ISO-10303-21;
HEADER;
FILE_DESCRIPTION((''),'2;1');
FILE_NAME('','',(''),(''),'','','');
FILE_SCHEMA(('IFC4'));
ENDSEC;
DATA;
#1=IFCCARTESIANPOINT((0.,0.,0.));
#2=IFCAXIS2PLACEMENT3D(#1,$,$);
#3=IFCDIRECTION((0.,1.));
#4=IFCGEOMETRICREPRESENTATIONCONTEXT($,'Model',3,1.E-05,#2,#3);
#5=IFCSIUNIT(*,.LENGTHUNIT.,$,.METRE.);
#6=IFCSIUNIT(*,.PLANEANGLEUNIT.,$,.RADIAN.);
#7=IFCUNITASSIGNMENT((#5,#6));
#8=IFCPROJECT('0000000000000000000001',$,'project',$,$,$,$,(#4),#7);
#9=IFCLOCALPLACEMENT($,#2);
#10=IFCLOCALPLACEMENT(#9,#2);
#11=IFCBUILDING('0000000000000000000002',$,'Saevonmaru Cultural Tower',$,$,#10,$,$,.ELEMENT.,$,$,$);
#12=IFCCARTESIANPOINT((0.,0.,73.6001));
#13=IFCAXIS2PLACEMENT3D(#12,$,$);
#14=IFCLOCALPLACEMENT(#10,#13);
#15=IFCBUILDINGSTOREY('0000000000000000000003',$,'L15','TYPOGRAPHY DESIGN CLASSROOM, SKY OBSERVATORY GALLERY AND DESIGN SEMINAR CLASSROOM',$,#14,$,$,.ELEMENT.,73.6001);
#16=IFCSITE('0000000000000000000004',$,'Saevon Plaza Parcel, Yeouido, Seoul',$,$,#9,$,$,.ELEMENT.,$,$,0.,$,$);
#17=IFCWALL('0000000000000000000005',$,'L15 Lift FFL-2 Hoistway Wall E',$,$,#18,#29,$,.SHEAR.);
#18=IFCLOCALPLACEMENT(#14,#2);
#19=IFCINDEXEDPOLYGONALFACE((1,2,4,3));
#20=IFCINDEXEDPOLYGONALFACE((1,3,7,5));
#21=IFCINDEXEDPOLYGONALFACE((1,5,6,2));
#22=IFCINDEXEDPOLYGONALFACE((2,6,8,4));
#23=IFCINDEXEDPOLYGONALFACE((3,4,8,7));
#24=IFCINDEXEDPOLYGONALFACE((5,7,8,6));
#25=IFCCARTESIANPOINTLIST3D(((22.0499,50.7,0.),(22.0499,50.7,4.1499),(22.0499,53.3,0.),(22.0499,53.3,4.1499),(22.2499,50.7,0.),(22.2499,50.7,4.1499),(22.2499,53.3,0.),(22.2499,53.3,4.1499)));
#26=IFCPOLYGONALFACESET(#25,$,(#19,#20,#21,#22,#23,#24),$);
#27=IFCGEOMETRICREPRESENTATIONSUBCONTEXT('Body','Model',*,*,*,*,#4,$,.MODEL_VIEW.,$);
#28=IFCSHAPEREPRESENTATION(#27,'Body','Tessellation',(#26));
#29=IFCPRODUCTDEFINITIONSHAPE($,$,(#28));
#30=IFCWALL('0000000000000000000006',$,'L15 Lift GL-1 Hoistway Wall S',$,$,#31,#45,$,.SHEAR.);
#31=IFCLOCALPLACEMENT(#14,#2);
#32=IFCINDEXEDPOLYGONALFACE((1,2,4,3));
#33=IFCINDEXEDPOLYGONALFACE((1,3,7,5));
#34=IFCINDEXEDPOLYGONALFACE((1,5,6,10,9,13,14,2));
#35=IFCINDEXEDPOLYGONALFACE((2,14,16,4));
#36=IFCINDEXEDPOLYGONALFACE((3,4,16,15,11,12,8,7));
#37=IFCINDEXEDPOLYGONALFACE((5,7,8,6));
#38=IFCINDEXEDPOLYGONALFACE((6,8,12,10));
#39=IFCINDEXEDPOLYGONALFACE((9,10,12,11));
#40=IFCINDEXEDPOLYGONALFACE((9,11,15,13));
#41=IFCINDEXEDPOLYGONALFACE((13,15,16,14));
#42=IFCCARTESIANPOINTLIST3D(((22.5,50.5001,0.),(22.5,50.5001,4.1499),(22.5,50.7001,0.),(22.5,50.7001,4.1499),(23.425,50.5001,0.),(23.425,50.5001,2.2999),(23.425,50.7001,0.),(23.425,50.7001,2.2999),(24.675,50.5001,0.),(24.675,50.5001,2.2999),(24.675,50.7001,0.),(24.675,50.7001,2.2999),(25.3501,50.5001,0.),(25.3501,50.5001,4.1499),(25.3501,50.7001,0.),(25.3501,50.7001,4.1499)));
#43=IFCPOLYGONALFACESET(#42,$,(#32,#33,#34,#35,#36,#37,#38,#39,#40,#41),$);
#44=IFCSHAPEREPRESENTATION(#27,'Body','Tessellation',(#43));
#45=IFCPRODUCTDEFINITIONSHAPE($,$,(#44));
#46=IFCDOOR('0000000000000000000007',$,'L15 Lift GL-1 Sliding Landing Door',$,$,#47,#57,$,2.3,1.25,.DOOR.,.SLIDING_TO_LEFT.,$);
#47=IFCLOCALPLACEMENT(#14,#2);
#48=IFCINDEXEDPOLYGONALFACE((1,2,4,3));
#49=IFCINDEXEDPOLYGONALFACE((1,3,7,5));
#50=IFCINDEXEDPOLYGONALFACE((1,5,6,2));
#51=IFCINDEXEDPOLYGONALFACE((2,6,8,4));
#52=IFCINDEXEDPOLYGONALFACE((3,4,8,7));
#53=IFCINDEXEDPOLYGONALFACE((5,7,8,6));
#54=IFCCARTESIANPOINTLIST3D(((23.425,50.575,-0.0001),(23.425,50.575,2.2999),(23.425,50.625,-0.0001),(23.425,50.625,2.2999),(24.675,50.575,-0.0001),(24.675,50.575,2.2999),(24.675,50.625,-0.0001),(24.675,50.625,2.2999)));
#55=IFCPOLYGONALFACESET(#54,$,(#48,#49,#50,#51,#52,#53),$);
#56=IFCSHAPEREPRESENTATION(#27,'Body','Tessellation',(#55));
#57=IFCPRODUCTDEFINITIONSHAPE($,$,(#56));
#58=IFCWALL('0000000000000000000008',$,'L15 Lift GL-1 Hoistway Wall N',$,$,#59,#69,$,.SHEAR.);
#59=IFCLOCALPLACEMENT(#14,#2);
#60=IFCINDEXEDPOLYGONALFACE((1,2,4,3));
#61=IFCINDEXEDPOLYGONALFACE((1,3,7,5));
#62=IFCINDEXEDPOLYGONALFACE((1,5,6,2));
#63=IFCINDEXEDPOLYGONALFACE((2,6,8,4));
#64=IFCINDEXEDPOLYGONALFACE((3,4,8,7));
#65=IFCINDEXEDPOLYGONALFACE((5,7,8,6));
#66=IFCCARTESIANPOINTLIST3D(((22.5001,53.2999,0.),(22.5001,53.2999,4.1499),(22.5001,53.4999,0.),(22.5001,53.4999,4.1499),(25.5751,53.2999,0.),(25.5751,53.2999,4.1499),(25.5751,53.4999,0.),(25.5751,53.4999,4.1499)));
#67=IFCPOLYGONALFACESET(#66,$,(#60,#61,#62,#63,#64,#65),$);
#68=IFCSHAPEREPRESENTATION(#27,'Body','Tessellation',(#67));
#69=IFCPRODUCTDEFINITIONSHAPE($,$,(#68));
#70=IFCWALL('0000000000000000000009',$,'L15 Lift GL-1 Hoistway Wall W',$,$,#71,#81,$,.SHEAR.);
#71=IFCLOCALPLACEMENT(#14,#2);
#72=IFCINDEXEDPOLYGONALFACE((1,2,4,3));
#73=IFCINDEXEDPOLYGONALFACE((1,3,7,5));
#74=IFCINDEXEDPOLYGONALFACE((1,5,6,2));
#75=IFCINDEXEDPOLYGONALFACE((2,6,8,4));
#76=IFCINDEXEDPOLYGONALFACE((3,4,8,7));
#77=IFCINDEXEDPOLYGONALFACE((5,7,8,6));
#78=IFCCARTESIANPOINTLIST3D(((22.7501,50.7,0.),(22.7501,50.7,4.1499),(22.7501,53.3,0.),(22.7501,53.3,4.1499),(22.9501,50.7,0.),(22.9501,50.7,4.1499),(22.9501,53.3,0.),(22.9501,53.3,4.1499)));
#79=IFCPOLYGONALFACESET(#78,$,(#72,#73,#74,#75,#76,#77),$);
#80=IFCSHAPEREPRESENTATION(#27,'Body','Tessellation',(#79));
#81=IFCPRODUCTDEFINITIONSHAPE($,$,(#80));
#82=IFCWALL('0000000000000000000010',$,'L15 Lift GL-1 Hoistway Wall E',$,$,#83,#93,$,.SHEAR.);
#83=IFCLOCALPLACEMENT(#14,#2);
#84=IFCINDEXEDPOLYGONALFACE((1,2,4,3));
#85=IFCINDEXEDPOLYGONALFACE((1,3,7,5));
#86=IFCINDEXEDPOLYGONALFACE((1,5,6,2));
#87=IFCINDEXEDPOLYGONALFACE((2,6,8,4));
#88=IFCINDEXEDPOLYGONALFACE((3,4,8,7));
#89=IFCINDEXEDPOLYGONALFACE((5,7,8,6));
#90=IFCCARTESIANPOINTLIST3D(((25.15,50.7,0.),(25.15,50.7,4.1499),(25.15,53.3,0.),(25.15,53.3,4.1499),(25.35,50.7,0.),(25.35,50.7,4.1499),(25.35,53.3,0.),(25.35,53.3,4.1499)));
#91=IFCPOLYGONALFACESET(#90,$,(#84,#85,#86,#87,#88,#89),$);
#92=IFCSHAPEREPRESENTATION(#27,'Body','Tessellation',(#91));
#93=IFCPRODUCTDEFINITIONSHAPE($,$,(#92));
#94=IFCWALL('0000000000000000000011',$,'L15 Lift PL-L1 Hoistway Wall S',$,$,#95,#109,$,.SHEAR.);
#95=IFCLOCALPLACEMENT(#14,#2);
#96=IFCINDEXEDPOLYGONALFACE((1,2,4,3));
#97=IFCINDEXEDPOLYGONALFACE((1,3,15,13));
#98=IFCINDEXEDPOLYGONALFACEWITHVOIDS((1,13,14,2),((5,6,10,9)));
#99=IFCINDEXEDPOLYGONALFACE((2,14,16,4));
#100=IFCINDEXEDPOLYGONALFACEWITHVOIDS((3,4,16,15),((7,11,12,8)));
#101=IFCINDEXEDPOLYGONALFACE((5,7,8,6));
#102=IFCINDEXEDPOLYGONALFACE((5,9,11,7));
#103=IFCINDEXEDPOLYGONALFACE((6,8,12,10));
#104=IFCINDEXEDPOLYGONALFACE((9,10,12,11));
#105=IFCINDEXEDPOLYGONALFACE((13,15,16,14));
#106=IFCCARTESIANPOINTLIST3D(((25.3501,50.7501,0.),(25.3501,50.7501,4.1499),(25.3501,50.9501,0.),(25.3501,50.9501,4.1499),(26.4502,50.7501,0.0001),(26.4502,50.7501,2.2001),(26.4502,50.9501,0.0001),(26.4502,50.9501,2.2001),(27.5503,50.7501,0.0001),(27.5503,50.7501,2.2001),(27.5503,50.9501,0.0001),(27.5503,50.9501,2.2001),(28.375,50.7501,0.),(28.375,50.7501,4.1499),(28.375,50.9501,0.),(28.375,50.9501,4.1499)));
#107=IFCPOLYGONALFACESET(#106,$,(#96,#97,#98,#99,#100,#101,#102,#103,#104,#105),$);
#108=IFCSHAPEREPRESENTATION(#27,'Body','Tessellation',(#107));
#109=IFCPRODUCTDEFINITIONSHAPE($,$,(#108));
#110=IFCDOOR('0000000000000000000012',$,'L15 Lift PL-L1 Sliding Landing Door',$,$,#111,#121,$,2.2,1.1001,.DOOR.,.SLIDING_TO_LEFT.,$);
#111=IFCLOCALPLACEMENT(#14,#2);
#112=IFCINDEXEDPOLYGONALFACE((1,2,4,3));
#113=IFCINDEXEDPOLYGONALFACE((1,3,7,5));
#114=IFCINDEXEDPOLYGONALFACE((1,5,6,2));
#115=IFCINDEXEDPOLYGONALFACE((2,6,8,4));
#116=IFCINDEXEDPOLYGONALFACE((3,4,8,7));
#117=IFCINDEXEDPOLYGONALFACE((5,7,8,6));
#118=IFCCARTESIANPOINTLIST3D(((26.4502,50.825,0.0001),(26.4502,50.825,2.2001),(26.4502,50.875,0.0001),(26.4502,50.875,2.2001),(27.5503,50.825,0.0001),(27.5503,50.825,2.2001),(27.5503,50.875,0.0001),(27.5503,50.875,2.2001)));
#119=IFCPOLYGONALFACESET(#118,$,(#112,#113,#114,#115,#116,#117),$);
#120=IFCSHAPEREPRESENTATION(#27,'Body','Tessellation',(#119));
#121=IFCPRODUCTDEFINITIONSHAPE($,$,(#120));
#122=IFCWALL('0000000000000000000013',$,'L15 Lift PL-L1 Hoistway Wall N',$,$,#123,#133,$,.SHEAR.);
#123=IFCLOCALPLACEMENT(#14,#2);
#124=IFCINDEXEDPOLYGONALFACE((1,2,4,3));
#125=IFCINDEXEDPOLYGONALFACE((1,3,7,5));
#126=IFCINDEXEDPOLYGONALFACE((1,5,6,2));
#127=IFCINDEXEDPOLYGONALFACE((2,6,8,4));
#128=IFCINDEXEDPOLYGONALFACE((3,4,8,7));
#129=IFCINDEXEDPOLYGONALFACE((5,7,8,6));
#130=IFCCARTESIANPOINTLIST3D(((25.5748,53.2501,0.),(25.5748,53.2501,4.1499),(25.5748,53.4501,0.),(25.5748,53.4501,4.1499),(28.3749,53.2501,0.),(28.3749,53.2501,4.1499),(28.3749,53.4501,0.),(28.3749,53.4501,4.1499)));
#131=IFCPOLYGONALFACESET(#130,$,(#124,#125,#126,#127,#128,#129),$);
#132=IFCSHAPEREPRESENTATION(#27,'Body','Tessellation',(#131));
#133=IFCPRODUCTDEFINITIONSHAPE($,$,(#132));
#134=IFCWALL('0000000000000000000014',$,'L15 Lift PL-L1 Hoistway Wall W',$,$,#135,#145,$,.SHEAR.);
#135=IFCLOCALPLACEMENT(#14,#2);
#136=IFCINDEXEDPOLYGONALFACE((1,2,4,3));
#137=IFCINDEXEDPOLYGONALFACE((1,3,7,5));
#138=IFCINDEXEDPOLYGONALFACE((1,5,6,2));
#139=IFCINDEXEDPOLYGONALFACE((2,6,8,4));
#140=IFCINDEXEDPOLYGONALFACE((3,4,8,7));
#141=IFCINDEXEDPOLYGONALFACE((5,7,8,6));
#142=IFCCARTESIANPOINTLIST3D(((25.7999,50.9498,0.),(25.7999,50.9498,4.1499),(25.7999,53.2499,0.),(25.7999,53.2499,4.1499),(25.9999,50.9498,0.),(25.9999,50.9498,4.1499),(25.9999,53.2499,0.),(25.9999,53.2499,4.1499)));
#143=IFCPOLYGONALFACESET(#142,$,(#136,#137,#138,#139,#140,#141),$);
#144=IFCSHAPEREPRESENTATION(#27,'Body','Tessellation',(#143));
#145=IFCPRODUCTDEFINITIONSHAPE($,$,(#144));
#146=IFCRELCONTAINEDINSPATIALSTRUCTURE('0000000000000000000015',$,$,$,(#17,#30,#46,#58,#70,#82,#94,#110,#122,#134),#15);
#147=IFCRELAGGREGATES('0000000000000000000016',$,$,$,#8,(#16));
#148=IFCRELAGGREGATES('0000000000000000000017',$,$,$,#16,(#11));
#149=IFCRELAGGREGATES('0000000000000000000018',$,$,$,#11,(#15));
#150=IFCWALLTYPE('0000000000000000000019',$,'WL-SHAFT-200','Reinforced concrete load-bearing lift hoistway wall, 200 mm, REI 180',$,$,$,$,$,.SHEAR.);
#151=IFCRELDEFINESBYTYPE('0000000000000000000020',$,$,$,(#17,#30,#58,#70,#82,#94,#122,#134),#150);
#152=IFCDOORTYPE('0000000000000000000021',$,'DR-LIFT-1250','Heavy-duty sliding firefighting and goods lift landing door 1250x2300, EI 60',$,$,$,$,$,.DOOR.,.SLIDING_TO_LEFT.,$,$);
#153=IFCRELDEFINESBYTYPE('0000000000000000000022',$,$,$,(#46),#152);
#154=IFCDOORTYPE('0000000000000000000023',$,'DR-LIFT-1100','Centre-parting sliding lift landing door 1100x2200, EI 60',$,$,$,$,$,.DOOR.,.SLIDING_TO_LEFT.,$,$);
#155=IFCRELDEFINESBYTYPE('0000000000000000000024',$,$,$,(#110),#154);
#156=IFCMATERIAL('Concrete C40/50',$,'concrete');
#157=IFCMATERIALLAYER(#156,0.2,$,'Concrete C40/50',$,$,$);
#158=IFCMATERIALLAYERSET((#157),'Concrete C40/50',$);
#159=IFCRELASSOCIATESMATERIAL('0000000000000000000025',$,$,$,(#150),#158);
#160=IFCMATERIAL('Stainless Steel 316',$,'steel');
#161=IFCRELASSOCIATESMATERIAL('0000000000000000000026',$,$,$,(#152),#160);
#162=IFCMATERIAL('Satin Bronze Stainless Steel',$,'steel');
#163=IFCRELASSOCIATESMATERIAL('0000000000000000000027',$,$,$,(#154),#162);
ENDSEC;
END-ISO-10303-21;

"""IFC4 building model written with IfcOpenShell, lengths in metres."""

from ifc_helpers import new_model, si_unit, direction, frame, frame_2d, origin, place, context, subcontext, project, spatial, rectangle, extrude, material, layer, layer_set, type_object, element, fill, save


model = new_model("IFC4")

# Units and contexts
model_context = context("Model", 3, precision=1e-05, world=origin(), true_north=direction((0.0, 1.0)))
body_context = subcontext(model_context, "Body", "Model", "MODEL_VIEW")
ifc_project = project(units=[si_unit("LENGTHUNIT", "METRE"), si_unit("PLANEANGLEUNIT", "RADIAN")], contexts=[model_context])

# Site, building, storey
site_placement = place(None, origin())
site = spatial("IfcSite", under=ifc_project, at=site_placement, Name="Saevon Plaza Parcel, Yeouido, Seoul", CompositionType="ELEMENT", RefElevation=0.0)
building_placement = place(site_placement, origin())
building = spatial("IfcBuilding", under=site, at=building_placement, Name="Saevonmaru Cultural Tower", CompositionType="ELEMENT")
storey_placement = place(building_placement, frame((0.0, 0.0, 73.6001)))
storey = spatial("IfcBuildingStorey", under=building, at=storey_placement, Name="L15", Description="TYPOGRAPHY DESIGN CLASSROOM, SKY OBSERVATORY GALLERY AND DESIGN SEMINAR CLASSROOM", CompositionType="ELEMENT", Elevation=73.6001)

# Wall
ifc_material_1 = material(Name="Concrete C40/50", Category="concrete")
ifc_layer_1 = layer(ifc_material_1, 0.2, Name="Concrete C40/50")
ifc_layer_set_1 = layer_set([ifc_layer_1], Name="Concrete C40/50")
wall_type_1 = type_object("IfcWallType", Name="WL-SHAFT-200", Description="Reinforced concrete load-bearing lift hoistway wall, 200 mm, REI 180", PredefinedType="SHEAR", material=ifc_layer_set_1)
for number, where, z_axis, x_axis, name in (
    (1, (22.1499, 50.7, 0.0), (0.0, 0.0, 1.0), (0.0, 1.0, 0.0), "L15 Lift FFL-2 Hoistway Wall E"),
):
    element("IfcWall", number, at=place(storey_placement, frame(where, z_axis=z_axis, x_axis=x_axis)), inside=storey, type_object=wall_type_1, Name=name, PredefinedType="SHEAR", context=body_context, shape_type="SweptSolid", body=[
        extrude(rectangle(XDim=2.6001, YDim=0.2, at=frame_2d((1.3, 0.0))), origin(), (0.0, 0.0, 1.0), 4.1499),
    ])

# Wall, opening, door
wall_1_placement = place(storey_placement, frame((22.5, 50.6001, 0.0), z_axis=(0.0, 0.0, 1.0), x_axis=(1.0, 0.0, 0.0)))
wall_1 = element("IfcWall", 2, at=wall_1_placement, inside=storey, type_object=wall_type_1, Name="L15 Lift GL-1 Hoistway Wall S", PredefinedType="SHEAR", context=body_context, shape_type="SweptSolid", body=[
    extrude(rectangle(XDim=2.8501, YDim=0.2, at=frame_2d((1.425, 0.0))), origin(), (0.0, 0.0, 1.0), 4.1499),
])
opening_1_placement = place(wall_1_placement, frame((0.925, 0.0, 0.0)))
opening_1 = element("IfcOpeningElement", 3, at=opening_1_placement, cuts=wall_1, PredefinedType="OPENING", context=body_context, shape_type="SweptSolid", body=[
    extrude(rectangle(XDim=1.25, YDim=2.3, at=frame_2d((0.625, 1.1499))), frame((0.0, 0.1099, 0.0), z_axis=(0.0, -1.0, 0.0), x_axis=(1.0, 0.0, 0.0)), (0.0, 0.0, 1.0), 0.22),
])
ifc_material_2 = material(Name="Stainless Steel 316", Category="steel")
door_type_1 = type_object("IfcDoorType", Name="DR-LIFT-1250", Description="Heavy-duty sliding firefighting and goods lift landing door 1250x2300, EI 60", OperationType="SLIDING_TO_LEFT", PredefinedType="DOOR", material=ifc_material_2)
door_1_placement = place(opening_1_placement, origin())
door_1 = element("IfcDoor", 4, at=door_1_placement, inside=storey, type_object=door_type_1, Name="L15 Lift GL-1 Sliding Landing Door", OperationType="SLIDING_TO_LEFT", OverallHeight=2.3, OverallWidth=1.25, PredefinedType="DOOR", context=body_context, shape_type="SweptSolid", body=[
    extrude(rectangle(XDim=1.25, YDim=2.3, at=frame_2d((0.625, 1.1499))), frame((0.0, 0.0249, 0.0), z_axis=(0.0, -1.0, 0.0), x_axis=(1.0, 0.0, 0.0)), (0.0, 0.0, 1.0), 0.05),
])
fill(opening_1, door_1)

# Walls
wall_2_placement = place(storey_placement, frame((22.5, 53.3999, 0.0), z_axis=(0.0, 0.0, 1.0), x_axis=(1.0, 0.0, 0.0)))
element("IfcWall", 5, at=wall_2_placement, inside=storey, type_object=wall_type_1, Name="L15 Lift GL-1 Hoistway Wall N", PredefinedType="SHEAR", context=body_context, shape_type="SweptSolid", body=[
    extrude(rectangle(XDim=3.075, YDim=0.2, at=frame_2d((1.5376, 0.0))), origin(), (0.0, 0.0, 1.0), 4.1499),
])
for number, where, z_axis, x_axis, name in (
    (6, (22.8501, 50.7, 0.0), (0.0, 0.0, 1.0), (0.0, 1.0, 0.0), "L15 Lift GL-1 Hoistway Wall W"),
    (7, (25.25, 50.7, 0.0), (0.0, 0.0, 1.0), (0.0, 1.0, 0.0), "L15 Lift GL-1 Hoistway Wall E"),
):
    element("IfcWall", number, at=place(storey_placement, frame(where, z_axis=z_axis, x_axis=x_axis)), inside=storey, type_object=wall_type_1, Name=name, PredefinedType="SHEAR", context=body_context, shape_type="SweptSolid", body=[
        extrude(rectangle(XDim=2.6001, YDim=0.2, at=frame_2d((1.3, 0.0))), origin(), (0.0, 0.0, 1.0), 4.1499),
    ])

# Wall, opening, door
wall_3_placement = place(storey_placement, frame((25.3501, 50.8501, 0.0), z_axis=(0.0, 0.0, 1.0), x_axis=(1.0, 0.0, 0.0)))
wall_3 = element("IfcWall", 8, at=wall_3_placement, inside=storey, type_object=wall_type_1, Name="L15 Lift PL-L1 Hoistway Wall S", PredefinedType="SHEAR", context=body_context, shape_type="SweptSolid", body=[
    extrude(rectangle(XDim=3.0249, YDim=0.2, at=frame_2d((1.5125, 0.0))), origin(), (0.0, 0.0, 1.0), 4.1499),
])
opening_2_placement = place(wall_3_placement, frame((1.1001, 0.0, 0.0)))
opening_2 = element("IfcOpeningElement", 9, at=opening_2_placement, cuts=wall_3, PredefinedType="OPENING", context=body_context, shape_type="SweptSolid", body=[
    extrude(rectangle(XDim=1.1001, YDim=2.2, at=frame_2d((0.55, 1.1001))), frame((0.0, 0.1099, 0.0), z_axis=(0.0, -1.0, 0.0), x_axis=(1.0, 0.0, 0.0)), (0.0, 0.0, 1.0), 0.22),
])
ifc_material_3 = material(Name="Satin Bronze Stainless Steel", Category="steel")
door_type_2 = type_object("IfcDoorType", Name="DR-LIFT-1100", Description="Centre-parting sliding lift landing door 1100x2200, EI 60", OperationType="SLIDING_TO_LEFT", PredefinedType="DOOR", material=ifc_material_3)
door_2_placement = place(opening_2_placement, origin())
door_2 = element("IfcDoor", 10, at=door_2_placement, inside=storey, type_object=door_type_2, Name="L15 Lift PL-L1 Sliding Landing Door", OperationType="SLIDING_TO_LEFT", OverallHeight=2.2, OverallWidth=1.1001, PredefinedType="DOOR", context=body_context, shape_type="SweptSolid", body=[
    extrude(rectangle(XDim=1.1001, YDim=2.2, at=frame_2d((0.55, 1.1001))), frame((0.0, 0.0249, 0.0), z_axis=(0.0, -1.0, 0.0), x_axis=(1.0, 0.0, 0.0)), (0.0, 0.0, 1.0), 0.05),
])
fill(opening_2, door_2)

# Walls
wall_4_placement = place(storey_placement, frame((25.575, 53.3501, 0.0), z_axis=(0.0, 0.0, 1.0), x_axis=(1.0, 0.0, 0.0)))
element("IfcWall", 11, at=wall_4_placement, inside=storey, type_object=wall_type_1, Name="L15 Lift PL-L1 Hoistway Wall N", PredefinedType="SHEAR", context=body_context, shape_type="SweptSolid", body=[
    extrude(rectangle(XDim=2.8, YDim=0.2, at=frame_2d((1.3999, 0.0))), origin(), (0.0, 0.0, 1.0), 4.1499),
])
wall_5_placement = place(storey_placement, frame((25.8999, 50.95, 0.0), z_axis=(0.0, 0.0, 1.0), x_axis=(0.0, 1.0, 0.0)))
element("IfcWall", 12, at=wall_5_placement, inside=storey, type_object=wall_type_1, Name="L15 Lift PL-L1 Hoistway Wall W", PredefinedType="SHEAR", context=body_context, shape_type="SweptSolid", body=[
    extrude(rectangle(XDim=2.3, YDim=0.2, at=frame_2d((1.1499, 0.0))), origin(), (0.0, 0.0, 1.0), 4.1499),
])

save(model, "model.ifc")
